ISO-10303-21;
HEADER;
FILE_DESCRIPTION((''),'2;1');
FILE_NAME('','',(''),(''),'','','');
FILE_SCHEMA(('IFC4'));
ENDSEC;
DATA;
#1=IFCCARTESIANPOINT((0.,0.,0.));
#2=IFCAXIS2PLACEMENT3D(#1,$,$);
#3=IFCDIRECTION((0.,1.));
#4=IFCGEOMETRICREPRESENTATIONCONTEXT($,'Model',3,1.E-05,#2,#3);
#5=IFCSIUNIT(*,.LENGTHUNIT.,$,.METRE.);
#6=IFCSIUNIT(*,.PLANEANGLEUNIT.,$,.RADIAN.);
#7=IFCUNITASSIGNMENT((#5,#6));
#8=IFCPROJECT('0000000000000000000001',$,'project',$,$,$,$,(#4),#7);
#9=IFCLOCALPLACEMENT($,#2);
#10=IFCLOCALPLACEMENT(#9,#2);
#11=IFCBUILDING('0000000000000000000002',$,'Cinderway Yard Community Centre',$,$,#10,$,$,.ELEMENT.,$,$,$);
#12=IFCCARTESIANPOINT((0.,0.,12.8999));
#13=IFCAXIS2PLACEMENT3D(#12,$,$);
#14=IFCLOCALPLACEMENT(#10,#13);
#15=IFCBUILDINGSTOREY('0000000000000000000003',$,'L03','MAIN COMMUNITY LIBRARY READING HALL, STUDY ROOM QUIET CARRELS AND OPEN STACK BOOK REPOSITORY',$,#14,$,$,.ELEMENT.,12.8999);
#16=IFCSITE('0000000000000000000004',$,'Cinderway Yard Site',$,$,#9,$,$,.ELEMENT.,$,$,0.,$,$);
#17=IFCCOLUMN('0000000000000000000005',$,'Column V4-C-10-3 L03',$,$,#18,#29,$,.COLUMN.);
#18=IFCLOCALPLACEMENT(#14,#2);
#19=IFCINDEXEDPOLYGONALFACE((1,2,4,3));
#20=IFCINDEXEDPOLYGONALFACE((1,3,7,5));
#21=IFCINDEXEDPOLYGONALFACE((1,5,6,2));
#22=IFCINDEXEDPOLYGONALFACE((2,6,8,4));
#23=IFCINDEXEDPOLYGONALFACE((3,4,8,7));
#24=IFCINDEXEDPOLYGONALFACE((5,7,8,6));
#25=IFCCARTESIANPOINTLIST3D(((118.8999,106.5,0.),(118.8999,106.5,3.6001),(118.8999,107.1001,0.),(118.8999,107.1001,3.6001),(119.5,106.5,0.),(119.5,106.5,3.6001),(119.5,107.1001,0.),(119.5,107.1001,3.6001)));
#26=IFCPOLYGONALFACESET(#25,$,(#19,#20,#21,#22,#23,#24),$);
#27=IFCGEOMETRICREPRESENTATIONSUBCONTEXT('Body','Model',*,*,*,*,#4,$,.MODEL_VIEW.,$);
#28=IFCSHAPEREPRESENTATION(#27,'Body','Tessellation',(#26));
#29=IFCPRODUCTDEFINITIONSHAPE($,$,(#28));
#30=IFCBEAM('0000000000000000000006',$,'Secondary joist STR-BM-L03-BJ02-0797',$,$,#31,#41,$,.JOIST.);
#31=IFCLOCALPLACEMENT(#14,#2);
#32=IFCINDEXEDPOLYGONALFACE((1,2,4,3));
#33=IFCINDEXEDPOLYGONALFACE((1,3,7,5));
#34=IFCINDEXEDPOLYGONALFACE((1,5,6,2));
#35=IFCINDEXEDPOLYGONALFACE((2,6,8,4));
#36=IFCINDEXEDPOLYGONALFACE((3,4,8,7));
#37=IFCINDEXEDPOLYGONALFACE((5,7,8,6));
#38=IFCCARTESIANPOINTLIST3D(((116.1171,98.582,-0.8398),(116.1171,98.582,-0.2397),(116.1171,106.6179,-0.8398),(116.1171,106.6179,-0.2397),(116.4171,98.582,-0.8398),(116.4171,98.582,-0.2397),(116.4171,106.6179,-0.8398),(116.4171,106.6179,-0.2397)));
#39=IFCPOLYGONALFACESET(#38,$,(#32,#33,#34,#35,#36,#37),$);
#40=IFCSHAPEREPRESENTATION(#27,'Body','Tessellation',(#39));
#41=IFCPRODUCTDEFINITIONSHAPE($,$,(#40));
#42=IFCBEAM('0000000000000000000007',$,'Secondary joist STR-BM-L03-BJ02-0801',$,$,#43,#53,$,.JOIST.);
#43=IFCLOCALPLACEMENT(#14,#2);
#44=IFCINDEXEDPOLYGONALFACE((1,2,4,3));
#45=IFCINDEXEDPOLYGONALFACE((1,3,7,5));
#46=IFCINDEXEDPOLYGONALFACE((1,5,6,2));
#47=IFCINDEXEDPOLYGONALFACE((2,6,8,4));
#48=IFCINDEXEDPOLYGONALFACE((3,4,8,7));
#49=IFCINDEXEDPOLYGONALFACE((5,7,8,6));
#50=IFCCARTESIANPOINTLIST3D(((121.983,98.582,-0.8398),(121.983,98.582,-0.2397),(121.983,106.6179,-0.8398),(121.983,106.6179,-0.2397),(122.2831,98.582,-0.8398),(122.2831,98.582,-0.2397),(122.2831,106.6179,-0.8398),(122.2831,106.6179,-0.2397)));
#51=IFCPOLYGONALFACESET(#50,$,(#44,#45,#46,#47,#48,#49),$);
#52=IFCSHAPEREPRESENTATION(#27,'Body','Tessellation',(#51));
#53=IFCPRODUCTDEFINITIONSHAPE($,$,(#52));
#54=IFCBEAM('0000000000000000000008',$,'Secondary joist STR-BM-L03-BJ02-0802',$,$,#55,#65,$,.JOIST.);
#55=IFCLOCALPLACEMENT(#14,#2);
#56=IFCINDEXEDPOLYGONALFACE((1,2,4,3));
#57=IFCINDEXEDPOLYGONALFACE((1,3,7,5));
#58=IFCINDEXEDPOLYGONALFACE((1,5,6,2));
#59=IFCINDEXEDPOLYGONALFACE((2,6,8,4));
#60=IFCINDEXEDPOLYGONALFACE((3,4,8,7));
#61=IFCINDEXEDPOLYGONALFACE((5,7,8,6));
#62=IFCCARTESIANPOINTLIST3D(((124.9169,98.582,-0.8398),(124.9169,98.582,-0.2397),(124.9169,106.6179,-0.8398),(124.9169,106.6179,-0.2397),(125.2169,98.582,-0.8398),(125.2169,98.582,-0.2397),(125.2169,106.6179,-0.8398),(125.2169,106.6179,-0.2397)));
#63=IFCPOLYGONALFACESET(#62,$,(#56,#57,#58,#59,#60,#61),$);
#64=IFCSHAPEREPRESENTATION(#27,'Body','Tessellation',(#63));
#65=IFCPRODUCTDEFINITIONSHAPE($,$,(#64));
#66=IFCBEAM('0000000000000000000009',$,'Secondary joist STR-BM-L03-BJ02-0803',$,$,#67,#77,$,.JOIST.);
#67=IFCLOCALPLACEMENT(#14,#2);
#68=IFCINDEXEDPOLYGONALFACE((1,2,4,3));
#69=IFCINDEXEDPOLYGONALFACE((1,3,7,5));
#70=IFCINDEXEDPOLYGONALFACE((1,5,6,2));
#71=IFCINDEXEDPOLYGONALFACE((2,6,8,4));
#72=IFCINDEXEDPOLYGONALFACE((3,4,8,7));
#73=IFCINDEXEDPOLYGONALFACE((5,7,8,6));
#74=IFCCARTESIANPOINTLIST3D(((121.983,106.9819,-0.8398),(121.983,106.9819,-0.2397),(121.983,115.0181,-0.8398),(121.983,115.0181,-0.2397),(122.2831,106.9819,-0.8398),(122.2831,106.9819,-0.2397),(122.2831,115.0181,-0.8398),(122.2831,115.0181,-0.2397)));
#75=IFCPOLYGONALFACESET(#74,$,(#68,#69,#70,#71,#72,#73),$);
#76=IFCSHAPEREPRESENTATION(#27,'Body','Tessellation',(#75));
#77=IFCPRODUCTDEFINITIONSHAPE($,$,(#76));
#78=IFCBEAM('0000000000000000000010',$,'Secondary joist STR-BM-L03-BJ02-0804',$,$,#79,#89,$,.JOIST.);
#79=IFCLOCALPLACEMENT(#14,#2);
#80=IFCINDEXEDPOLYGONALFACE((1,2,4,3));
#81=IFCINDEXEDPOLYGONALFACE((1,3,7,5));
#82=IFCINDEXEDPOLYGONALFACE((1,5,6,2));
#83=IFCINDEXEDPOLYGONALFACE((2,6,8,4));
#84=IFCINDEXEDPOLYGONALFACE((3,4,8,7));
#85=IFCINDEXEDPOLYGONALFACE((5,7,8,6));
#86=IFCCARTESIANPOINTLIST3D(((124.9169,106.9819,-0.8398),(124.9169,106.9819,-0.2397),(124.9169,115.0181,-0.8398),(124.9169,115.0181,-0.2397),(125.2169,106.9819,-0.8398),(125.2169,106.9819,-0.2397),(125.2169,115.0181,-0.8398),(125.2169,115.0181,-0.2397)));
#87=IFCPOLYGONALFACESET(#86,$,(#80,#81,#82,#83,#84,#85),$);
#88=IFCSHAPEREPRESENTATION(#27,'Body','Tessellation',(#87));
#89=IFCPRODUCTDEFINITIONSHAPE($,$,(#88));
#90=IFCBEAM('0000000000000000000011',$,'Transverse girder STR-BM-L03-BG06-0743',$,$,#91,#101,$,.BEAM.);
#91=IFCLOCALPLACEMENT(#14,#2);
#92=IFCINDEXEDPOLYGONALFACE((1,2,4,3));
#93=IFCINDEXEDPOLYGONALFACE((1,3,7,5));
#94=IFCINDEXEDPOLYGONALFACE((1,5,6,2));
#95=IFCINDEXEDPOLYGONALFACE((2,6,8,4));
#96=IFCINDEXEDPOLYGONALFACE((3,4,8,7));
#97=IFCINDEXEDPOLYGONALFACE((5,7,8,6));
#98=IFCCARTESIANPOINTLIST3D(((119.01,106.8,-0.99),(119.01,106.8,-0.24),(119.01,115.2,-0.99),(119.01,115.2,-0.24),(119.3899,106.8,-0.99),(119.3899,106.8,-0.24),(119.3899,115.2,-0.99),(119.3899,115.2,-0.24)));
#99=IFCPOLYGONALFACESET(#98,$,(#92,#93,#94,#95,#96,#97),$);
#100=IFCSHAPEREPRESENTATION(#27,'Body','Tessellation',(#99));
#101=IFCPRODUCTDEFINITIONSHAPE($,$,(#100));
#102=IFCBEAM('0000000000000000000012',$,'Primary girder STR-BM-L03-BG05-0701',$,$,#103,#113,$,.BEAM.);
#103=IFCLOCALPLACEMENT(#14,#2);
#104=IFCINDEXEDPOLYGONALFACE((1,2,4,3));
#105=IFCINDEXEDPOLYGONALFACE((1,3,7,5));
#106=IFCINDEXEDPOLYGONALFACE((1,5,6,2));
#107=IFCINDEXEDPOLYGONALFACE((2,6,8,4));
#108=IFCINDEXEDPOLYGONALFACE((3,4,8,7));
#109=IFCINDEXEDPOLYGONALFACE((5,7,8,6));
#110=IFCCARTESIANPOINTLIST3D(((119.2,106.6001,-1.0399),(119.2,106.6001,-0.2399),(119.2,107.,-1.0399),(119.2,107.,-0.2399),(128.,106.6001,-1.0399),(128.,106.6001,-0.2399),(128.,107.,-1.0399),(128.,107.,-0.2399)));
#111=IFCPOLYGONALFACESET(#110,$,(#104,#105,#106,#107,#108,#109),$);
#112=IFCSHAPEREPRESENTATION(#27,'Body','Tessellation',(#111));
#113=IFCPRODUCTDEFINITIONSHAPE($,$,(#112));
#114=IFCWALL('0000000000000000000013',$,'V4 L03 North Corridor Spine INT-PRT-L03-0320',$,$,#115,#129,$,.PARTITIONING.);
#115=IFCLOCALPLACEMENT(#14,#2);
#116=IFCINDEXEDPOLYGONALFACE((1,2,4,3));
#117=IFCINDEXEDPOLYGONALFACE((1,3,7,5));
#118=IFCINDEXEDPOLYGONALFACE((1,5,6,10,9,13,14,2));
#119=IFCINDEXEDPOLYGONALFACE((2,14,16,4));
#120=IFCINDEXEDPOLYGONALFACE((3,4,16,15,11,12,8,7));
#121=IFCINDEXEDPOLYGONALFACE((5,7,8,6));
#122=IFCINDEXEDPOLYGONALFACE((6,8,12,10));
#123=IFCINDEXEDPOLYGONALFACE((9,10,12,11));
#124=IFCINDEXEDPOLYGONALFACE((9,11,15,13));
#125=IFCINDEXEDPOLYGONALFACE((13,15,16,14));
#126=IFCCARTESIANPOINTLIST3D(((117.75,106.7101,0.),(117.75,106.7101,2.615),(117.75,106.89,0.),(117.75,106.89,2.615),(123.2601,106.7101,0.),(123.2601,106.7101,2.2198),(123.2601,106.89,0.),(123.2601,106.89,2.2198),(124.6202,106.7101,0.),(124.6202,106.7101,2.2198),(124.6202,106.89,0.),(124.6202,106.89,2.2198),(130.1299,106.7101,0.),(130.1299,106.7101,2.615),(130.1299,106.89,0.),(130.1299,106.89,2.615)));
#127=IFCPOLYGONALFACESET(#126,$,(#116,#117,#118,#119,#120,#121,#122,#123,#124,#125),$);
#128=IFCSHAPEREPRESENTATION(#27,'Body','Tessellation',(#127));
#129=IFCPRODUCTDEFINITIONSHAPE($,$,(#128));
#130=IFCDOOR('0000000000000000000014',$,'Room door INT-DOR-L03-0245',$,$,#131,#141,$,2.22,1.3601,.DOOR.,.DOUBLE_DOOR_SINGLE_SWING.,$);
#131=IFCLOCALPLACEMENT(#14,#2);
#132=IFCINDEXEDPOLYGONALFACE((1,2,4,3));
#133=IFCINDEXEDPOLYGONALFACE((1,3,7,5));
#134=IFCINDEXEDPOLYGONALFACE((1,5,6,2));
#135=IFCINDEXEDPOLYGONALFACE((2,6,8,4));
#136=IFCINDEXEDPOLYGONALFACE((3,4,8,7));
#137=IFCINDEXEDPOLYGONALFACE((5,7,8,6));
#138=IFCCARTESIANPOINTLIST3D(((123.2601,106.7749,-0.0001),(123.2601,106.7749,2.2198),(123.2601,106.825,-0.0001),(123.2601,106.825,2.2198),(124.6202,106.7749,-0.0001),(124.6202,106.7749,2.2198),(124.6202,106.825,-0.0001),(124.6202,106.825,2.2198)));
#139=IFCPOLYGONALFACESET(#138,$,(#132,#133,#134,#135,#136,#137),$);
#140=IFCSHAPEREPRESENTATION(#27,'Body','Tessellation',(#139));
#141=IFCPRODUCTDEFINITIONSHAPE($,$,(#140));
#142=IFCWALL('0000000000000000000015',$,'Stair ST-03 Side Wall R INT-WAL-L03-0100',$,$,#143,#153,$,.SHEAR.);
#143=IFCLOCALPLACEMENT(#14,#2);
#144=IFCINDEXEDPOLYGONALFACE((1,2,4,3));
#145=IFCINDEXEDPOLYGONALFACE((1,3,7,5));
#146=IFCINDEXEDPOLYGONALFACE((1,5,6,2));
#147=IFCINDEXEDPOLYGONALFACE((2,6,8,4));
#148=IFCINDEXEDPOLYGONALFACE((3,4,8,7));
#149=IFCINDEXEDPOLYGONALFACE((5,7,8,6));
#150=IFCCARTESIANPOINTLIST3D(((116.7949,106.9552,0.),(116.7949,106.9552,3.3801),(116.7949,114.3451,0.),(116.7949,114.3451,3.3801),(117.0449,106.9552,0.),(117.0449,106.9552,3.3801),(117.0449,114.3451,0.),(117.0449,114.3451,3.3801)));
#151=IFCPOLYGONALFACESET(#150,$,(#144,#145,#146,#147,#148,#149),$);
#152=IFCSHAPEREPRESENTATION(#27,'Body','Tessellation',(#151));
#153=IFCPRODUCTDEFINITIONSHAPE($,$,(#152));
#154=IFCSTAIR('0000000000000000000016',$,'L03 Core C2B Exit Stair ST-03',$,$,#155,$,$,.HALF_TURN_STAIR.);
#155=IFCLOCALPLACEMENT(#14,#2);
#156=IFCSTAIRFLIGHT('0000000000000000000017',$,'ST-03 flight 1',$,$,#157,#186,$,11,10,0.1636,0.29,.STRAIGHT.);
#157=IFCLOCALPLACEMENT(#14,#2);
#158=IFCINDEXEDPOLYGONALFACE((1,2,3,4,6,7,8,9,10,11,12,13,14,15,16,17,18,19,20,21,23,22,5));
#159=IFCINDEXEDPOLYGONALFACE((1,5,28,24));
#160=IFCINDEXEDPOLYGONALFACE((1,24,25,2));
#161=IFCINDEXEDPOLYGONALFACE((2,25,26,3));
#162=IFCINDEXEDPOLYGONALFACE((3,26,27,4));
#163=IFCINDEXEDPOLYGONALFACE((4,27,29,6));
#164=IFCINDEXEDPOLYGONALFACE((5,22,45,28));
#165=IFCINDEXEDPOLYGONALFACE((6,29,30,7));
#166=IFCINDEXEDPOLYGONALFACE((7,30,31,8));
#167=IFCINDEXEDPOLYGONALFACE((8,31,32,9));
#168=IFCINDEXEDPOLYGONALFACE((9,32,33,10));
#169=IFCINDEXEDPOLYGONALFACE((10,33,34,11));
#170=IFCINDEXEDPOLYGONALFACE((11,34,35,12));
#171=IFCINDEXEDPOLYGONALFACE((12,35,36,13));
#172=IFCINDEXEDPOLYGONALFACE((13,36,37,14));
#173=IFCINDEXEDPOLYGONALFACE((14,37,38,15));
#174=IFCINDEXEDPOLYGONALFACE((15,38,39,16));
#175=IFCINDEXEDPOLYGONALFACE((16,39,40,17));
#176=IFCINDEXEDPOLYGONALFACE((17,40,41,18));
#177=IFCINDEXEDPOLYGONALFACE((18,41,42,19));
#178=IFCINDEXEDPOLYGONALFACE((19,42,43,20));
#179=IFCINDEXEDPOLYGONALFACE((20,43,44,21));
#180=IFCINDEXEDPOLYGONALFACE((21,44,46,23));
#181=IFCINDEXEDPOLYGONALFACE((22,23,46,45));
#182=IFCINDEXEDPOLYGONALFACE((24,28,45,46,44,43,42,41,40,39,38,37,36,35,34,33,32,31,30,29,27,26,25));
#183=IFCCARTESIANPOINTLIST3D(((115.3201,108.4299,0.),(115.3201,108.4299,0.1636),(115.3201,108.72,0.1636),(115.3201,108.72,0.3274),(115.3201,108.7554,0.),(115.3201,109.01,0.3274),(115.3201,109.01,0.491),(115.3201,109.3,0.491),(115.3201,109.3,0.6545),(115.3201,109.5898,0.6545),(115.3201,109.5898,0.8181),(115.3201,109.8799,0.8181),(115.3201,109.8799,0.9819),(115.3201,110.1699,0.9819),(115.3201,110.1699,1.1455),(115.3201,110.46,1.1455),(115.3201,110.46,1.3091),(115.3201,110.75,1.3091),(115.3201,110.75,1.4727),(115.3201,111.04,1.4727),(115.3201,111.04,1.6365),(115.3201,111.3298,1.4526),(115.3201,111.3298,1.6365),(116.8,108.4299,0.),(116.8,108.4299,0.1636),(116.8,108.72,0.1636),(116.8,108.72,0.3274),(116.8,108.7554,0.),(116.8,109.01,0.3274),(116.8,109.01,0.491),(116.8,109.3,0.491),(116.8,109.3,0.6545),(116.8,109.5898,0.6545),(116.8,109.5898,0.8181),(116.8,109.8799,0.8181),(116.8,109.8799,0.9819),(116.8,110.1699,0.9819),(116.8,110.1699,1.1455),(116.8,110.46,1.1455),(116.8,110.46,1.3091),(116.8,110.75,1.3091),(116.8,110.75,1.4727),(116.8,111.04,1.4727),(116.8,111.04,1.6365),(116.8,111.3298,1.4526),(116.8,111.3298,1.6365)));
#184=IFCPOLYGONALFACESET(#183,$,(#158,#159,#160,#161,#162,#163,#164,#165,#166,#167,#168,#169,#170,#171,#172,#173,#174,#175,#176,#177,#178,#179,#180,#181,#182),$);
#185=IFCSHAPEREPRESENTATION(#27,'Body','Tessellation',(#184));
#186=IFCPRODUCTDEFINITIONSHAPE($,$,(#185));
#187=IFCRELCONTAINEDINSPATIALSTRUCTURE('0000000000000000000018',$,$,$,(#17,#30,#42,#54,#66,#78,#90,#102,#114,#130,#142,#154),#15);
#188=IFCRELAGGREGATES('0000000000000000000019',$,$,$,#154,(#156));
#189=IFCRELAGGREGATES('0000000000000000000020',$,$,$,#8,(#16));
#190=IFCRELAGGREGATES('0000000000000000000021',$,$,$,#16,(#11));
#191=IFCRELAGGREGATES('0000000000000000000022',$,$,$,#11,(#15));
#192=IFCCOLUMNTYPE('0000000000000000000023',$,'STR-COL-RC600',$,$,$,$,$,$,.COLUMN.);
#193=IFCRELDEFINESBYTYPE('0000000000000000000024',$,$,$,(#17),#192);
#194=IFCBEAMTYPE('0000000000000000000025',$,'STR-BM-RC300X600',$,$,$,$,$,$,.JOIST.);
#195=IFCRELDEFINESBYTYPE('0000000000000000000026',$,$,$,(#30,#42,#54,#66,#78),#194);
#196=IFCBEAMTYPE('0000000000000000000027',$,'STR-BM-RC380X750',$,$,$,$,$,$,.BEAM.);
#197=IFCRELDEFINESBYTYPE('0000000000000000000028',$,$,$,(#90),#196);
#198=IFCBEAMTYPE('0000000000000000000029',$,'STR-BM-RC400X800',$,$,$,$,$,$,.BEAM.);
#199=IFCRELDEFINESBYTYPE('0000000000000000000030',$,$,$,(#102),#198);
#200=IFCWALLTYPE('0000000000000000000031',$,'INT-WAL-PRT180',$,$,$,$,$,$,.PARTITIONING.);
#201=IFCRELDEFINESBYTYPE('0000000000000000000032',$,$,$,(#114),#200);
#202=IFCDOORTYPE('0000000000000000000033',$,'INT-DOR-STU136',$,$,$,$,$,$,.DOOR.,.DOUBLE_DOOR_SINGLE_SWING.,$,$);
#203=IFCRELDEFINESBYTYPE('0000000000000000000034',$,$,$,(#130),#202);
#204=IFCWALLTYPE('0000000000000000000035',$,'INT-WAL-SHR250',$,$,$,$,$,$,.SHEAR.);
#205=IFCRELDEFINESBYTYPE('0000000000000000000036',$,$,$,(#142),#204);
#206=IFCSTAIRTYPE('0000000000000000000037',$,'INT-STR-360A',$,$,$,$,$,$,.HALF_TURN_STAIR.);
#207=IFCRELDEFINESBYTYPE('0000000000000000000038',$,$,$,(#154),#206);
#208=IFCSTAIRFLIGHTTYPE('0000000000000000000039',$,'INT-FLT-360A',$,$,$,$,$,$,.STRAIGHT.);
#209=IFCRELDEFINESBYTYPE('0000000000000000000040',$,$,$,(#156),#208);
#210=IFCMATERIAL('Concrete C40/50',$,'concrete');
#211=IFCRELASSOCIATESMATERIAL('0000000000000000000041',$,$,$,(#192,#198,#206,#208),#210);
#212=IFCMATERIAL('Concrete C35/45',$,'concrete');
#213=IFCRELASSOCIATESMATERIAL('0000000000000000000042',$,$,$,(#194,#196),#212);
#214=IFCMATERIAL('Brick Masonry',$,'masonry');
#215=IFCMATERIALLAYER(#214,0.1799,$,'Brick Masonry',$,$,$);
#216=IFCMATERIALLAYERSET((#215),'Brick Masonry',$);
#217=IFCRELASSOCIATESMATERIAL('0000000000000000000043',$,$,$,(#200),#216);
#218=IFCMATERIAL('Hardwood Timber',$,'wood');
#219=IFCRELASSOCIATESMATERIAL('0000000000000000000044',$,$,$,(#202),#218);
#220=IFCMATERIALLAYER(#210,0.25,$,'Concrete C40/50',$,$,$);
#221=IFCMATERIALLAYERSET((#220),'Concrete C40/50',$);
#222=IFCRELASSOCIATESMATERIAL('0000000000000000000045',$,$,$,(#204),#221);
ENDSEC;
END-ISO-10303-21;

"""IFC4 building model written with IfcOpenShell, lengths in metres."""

from ifc_helpers import new_model, si_unit, direction, frame, frame_2d, origin, origin_2d, place, context, subcontext, project, spatial, polyline, rectangle, outline, extrude, material, layer, layer_set, material_profile, profile_set, type_object, element, fill, aggregate, save


model = new_model("IFC4")

# Units and contexts
model_context = context("Model", 3, precision=1e-05, world=origin(), true_north=direction((0.0, 1.0)))
body_context = subcontext(model_context, "Body", "Model", "MODEL_VIEW")
ifc_project = project(units=[si_unit("LENGTHUNIT", "METRE"), si_unit("PLANEANGLEUNIT", "RADIAN")], contexts=[model_context])

# Site, building, storey
site_placement = place(None, origin())
site = spatial("IfcSite", under=ifc_project, at=site_placement, Name="Cinderway Yard Site", CompositionType="ELEMENT", RefElevation=0.0)
building_placement = place(site_placement, origin())
building = spatial("IfcBuilding", under=site, at=building_placement, Name="Cinderway Yard Community Centre", CompositionType="ELEMENT")
storey_placement = place(building_placement, frame((0.0, 0.0, 12.8999)))
storey = spatial("IfcBuildingStorey", under=building, at=storey_placement, Name="L03", Description="MAIN COMMUNITY LIBRARY READING HALL, STUDY ROOM QUIET CARRELS AND OPEN STACK BOOK REPOSITORY", CompositionType="ELEMENT", Elevation=12.8999)

# Column
ifc_material_1 = material(Name="Concrete C40/50", Category="concrete")
ifc_material_profile_1 = material_profile(ifc_material_1, rectangle(XDim=0.6001, YDim=0.6001, at=origin_2d()), Name="Concrete C40/50")
ifc_profile_set_1 = profile_set([ifc_material_profile_1], Name="Concrete C40/50")
column_type = type_object("IfcColumnType", Name="STR-COL-RC600", PredefinedType="COLUMN", material=ifc_profile_set_1)
column_placement = place(storey_placement, frame((119.2, 106.8, 0.0), z_axis=(0.0, 0.0, 1.0), x_axis=(1.0, 0.0, 0.0)))
element("IfcColumn", 1, at=column_placement, inside=storey, type_object=column_type, Name="Column V4-C-10-3 L03", PredefinedType="COLUMN", context=body_context, shape_type="SweptSolid", body=[
    extrude(rectangle(XDim=0.6001, YDim=0.6001, at=origin_2d()), origin(), (0.0, 0.0, 1.0), 3.6001),
])

# Beams
ifc_material_2 = material(Name="Concrete C35/45", Category="concrete")
ifc_material_profile_2 = material_profile(ifc_material_2, rectangle(XDim=0.3, YDim=0.6001, at=origin_2d()), Name="Concrete C35/45")
ifc_profile_set_2 = profile_set([ifc_material_profile_2], Name="Concrete C35/45")
beam_type_1 = type_object("IfcBeamType", Name="STR-BM-RC300X600", PredefinedType="JOIST", material=ifc_profile_set_2)
for number, where, z_axis, x_axis, name in (
    (2, (116.2671, 98.582, -0.5398), (0.0, 1.0, 0.0), (-1.0, 0.0, 0.0), "Secondary joist STR-BM-L03-BJ02-0797"),
    (3, (122.1331, 98.582, -0.5398), (0.0, 1.0, 0.0), (-1.0, 0.0, 0.0), "Secondary joist STR-BM-L03-BJ02-0801"),
    (4, (125.0669, 98.582, -0.5398), (0.0, 1.0, 0.0), (-1.0, 0.0, 0.0), "Secondary joist STR-BM-L03-BJ02-0802"),
):
    element("IfcBeam", number, at=place(storey_placement, frame(where, z_axis=z_axis, x_axis=x_axis)), inside=storey, type_object=beam_type_1, Name=name, PredefinedType="JOIST", context=body_context, shape_type="SweptSolid", body=[
        extrude(rectangle(XDim=0.3, YDim=0.6001, at=origin_2d()), origin(), (0.0, 0.0, 1.0), 8.0359),
    ])
for number, where, z_axis, x_axis, name in (
    (5, (122.1331, 106.9819, -0.5398), (0.0, 1.0, 0.0), (-1.0, 0.0, 0.0), "Secondary joist STR-BM-L03-BJ02-0803"),
    (6, (125.0669, 106.9819, -0.5398), (0.0, 1.0, 0.0), (-1.0, 0.0, 0.0), "Secondary joist STR-BM-L03-BJ02-0804"),
):
    element("IfcBeam", number, at=place(storey_placement, frame(where, z_axis=z_axis, x_axis=x_axis)), inside=storey, type_object=beam_type_1, Name=name, PredefinedType="JOIST", context=body_context, shape_type="SweptSolid", body=[
        extrude(rectangle(XDim=0.3, YDim=0.6001, at=origin_2d()), origin(), (0.0, 0.0, 1.0), 8.0361),
    ])
ifc_material_profile_3 = material_profile(ifc_material_2, rectangle(XDim=0.3799, YDim=0.75, at=origin_2d()), Name="Concrete C35/45")
ifc_profile_set_3 = profile_set([ifc_material_profile_3], Name="Concrete C35/45")
beam_type_2 = type_object("IfcBeamType", Name="STR-BM-RC380X750", PredefinedType="BEAM", material=ifc_profile_set_3)
beam_1_placement = place(storey_placement, frame((119.2, 106.8, -0.615), z_axis=(0.0, 1.0, 0.0), x_axis=(-1.0, 0.0, 0.0)))
element("IfcBeam", 7, at=beam_1_placement, inside=storey, type_object=beam_type_2, Name="Transverse girder STR-BM-L03-BG06-0743", PredefinedType="BEAM", context=body_context, shape_type="SweptSolid", body=[
    extrude(rectangle(XDim=0.3799, YDim=0.75, at=origin_2d()), origin(), (0.0, 0.0, 1.0), 8.3999),
])
ifc_material_profile_4 = material_profile(ifc_material_1, rectangle(XDim=0.3999, YDim=0.8, at=origin_2d()), Name="Concrete C40/50")
ifc_profile_set_4 = profile_set([ifc_material_profile_4], Name="Concrete C40/50")
beam_type_3 = type_object("IfcBeamType", Name="STR-BM-RC400X800", PredefinedType="BEAM", material=ifc_profile_set_4)
beam_2_placement = place(storey_placement, frame((119.2, 106.8, -0.6399), z_axis=(1.0, 0.0, 0.0), x_axis=(0.0, 1.0, 0.0)))
element("IfcBeam", 8, at=beam_2_placement, inside=storey, type_object=beam_type_3, Name="Primary girder STR-BM-L03-BG05-0701", PredefinedType="BEAM", context=body_context, shape_type="SweptSolid", body=[
    extrude(rectangle(XDim=0.3999, YDim=0.8, at=origin_2d()), origin(), (0.0, 0.0, 1.0), 8.8),
])

# Wall, opening, door
ifc_material_3 = material(Name="Brick Masonry", Category="masonry")
ifc_layer_1 = layer(ifc_material_3, 0.1799, Name="Brick Masonry")
ifc_layer_set_1 = layer_set([ifc_layer_1], Name="Brick Masonry")
wall_type_1 = type_object("IfcWallType", Name="INT-WAL-PRT180", PredefinedType="PARTITIONING", material=ifc_layer_set_1)
wall_1_placement = place(storey_placement, frame((117.75, 106.8, 0.0), z_axis=(0.0, 0.0, 1.0), x_axis=(1.0, 0.0, 0.0)))
wall_1 = element("IfcWall", 9, at=wall_1_placement, inside=storey, type_object=wall_type_1, Name="V4 L03 North Corridor Spine INT-PRT-L03-0320", PredefinedType="PARTITIONING", context=body_context, shape_type="SweptSolid", body=[
    extrude(rectangle(XDim=12.3799, YDim=0.1799, at=frame_2d((6.1899, 0.0))), origin(), (0.0, 0.0, 1.0), 2.615),
])
opening_1_placement = place(wall_1_placement, frame((5.51, 0.0, 0.0)))
opening_1 = element("IfcOpeningElement", 10, at=opening_1_placement, cuts=wall_1, PredefinedType="OPENING", context=body_context, shape_type="SweptSolid", body=[
    extrude(rectangle(XDim=1.3601, YDim=2.22, at=frame_2d((0.6802, 1.1099))), frame((0.0, 0.0999, 0.0), z_axis=(0.0, -1.0, 0.0), x_axis=(1.0, 0.0, 0.0)), (0.0, 0.0, 1.0), 0.2),
])
ifc_material_4 = material(Name="Hardwood Timber", Category="wood")
door_type_1 = type_object("IfcDoorType", Name="INT-DOR-STU136", OperationType="DOUBLE_DOOR_SINGLE_SWING", PredefinedType="DOOR", material=ifc_material_4)
door_1_placement = place(opening_1_placement, origin())
door_1 = element("IfcDoor", 11, at=door_1_placement, inside=storey, type_object=door_type_1, Name="Room door INT-DOR-L03-0245", OperationType="DOUBLE_DOOR_SINGLE_SWING", OverallHeight=2.22, OverallWidth=1.3601, PredefinedType="DOOR", context=body_context, shape_type="SweptSolid", body=[
    extrude(rectangle(XDim=1.3601, YDim=2.22, at=frame_2d((0.6802, 1.1099))), frame((0.0, 0.0249, 0.0), z_axis=(0.0, -1.0, 0.0), x_axis=(1.0, 0.0, 0.0)), (0.0, 0.0, 1.0), 0.05),
])
fill(opening_1, door_1)
ifc_layer_2 = layer(ifc_material_1, 0.25, Name="Concrete C40/50")
ifc_layer_set_2 = layer_set([ifc_layer_2], Name="Concrete C40/50")
wall_type_2 = type_object("IfcWallType", Name="INT-WAL-SHR250", PredefinedType="SHEAR", material=ifc_layer_set_2)

# Wall
wall_2_placement = place(storey_placement, frame((116.9199, 114.345, 0.0), z_axis=(0.0, 0.0, 1.0), x_axis=(0.0, -1.0, 0.0)))
element("IfcWall", 12, at=wall_2_placement, inside=storey, type_object=wall_type_2, Name="Stair ST-03 Side Wall R INT-WAL-L03-0100", PredefinedType="SHEAR", context=body_context, shape_type="SweptSolid", body=[
    extrude(rectangle(XDim=7.3899, YDim=0.25, at=frame_2d((3.6948, 0.0))), origin(), (0.0, 0.0, 1.0), 3.3801),
])

# Stair, stair flight
stair_type = type_object("IfcStairType", Name="INT-STR-360A", PredefinedType="HALF_TURN_STAIR", material=ifc_material_1)
stair_placement = place(storey_placement, origin())
stair = element("IfcStair", 13, at=stair_placement, inside=storey, type_object=stair_type, Name="L03 Core C2B Exit Stair ST-03", PredefinedType="HALF_TURN_STAIR")
stair_flight_type = type_object("IfcStairFlightType", Name="INT-FLT-360A", PredefinedType="STRAIGHT", material=ifc_material_1)
stair_flight_1_placement = place(storey_placement, frame((116.0601, 108.4299, 0.0), z_axis=(0.0, 0.0, 1.0), x_axis=(0.0, 1.0, 0.0)))
stair_flight_1 = element("IfcStairFlight", 14, at=stair_flight_1_placement, type_object=stair_flight_type, Name="ST-03 flight 1", NumberOfRisers=11, NumberOfTreads=10, PredefinedType="STRAIGHT", RiserHeight=0.1636, TreadLength=0.29, context=body_context, shape_type="SweptSolid", body=[
    extrude(outline(polyline([(0.0, 0.0), (0.0, 0.1636), (0.29, 0.1636), (0.29, 0.3274), (0.5801, 0.3274), (0.5801, 0.491), (0.8701, 0.491), (0.8701, 0.6545), (1.1599, 0.6545), (1.1599, 0.8181), (1.45, 0.8181), (1.45, 0.9819), (1.74, 0.9819), (1.74, 1.1455), (2.03, 1.1455), (2.03, 1.3091), (2.3201, 1.3091), (2.3201, 1.4727), (2.6101, 1.4727), (2.6101, 1.6365), (2.8999, 1.6365), (2.8999, 1.8), (2.8999, 1.4526), (0.3254, 0.0), (0.0, 0.0)])), frame((0.0, 0.74, 0.0), z_axis=(0.0, -1.0, 0.0), x_axis=(1.0, 0.0, 0.0)), (0.0, 0.0, 1.0), 1.48),
])
aggregate(stair, [stair_flight_1])

save(model, "model.ifc")
